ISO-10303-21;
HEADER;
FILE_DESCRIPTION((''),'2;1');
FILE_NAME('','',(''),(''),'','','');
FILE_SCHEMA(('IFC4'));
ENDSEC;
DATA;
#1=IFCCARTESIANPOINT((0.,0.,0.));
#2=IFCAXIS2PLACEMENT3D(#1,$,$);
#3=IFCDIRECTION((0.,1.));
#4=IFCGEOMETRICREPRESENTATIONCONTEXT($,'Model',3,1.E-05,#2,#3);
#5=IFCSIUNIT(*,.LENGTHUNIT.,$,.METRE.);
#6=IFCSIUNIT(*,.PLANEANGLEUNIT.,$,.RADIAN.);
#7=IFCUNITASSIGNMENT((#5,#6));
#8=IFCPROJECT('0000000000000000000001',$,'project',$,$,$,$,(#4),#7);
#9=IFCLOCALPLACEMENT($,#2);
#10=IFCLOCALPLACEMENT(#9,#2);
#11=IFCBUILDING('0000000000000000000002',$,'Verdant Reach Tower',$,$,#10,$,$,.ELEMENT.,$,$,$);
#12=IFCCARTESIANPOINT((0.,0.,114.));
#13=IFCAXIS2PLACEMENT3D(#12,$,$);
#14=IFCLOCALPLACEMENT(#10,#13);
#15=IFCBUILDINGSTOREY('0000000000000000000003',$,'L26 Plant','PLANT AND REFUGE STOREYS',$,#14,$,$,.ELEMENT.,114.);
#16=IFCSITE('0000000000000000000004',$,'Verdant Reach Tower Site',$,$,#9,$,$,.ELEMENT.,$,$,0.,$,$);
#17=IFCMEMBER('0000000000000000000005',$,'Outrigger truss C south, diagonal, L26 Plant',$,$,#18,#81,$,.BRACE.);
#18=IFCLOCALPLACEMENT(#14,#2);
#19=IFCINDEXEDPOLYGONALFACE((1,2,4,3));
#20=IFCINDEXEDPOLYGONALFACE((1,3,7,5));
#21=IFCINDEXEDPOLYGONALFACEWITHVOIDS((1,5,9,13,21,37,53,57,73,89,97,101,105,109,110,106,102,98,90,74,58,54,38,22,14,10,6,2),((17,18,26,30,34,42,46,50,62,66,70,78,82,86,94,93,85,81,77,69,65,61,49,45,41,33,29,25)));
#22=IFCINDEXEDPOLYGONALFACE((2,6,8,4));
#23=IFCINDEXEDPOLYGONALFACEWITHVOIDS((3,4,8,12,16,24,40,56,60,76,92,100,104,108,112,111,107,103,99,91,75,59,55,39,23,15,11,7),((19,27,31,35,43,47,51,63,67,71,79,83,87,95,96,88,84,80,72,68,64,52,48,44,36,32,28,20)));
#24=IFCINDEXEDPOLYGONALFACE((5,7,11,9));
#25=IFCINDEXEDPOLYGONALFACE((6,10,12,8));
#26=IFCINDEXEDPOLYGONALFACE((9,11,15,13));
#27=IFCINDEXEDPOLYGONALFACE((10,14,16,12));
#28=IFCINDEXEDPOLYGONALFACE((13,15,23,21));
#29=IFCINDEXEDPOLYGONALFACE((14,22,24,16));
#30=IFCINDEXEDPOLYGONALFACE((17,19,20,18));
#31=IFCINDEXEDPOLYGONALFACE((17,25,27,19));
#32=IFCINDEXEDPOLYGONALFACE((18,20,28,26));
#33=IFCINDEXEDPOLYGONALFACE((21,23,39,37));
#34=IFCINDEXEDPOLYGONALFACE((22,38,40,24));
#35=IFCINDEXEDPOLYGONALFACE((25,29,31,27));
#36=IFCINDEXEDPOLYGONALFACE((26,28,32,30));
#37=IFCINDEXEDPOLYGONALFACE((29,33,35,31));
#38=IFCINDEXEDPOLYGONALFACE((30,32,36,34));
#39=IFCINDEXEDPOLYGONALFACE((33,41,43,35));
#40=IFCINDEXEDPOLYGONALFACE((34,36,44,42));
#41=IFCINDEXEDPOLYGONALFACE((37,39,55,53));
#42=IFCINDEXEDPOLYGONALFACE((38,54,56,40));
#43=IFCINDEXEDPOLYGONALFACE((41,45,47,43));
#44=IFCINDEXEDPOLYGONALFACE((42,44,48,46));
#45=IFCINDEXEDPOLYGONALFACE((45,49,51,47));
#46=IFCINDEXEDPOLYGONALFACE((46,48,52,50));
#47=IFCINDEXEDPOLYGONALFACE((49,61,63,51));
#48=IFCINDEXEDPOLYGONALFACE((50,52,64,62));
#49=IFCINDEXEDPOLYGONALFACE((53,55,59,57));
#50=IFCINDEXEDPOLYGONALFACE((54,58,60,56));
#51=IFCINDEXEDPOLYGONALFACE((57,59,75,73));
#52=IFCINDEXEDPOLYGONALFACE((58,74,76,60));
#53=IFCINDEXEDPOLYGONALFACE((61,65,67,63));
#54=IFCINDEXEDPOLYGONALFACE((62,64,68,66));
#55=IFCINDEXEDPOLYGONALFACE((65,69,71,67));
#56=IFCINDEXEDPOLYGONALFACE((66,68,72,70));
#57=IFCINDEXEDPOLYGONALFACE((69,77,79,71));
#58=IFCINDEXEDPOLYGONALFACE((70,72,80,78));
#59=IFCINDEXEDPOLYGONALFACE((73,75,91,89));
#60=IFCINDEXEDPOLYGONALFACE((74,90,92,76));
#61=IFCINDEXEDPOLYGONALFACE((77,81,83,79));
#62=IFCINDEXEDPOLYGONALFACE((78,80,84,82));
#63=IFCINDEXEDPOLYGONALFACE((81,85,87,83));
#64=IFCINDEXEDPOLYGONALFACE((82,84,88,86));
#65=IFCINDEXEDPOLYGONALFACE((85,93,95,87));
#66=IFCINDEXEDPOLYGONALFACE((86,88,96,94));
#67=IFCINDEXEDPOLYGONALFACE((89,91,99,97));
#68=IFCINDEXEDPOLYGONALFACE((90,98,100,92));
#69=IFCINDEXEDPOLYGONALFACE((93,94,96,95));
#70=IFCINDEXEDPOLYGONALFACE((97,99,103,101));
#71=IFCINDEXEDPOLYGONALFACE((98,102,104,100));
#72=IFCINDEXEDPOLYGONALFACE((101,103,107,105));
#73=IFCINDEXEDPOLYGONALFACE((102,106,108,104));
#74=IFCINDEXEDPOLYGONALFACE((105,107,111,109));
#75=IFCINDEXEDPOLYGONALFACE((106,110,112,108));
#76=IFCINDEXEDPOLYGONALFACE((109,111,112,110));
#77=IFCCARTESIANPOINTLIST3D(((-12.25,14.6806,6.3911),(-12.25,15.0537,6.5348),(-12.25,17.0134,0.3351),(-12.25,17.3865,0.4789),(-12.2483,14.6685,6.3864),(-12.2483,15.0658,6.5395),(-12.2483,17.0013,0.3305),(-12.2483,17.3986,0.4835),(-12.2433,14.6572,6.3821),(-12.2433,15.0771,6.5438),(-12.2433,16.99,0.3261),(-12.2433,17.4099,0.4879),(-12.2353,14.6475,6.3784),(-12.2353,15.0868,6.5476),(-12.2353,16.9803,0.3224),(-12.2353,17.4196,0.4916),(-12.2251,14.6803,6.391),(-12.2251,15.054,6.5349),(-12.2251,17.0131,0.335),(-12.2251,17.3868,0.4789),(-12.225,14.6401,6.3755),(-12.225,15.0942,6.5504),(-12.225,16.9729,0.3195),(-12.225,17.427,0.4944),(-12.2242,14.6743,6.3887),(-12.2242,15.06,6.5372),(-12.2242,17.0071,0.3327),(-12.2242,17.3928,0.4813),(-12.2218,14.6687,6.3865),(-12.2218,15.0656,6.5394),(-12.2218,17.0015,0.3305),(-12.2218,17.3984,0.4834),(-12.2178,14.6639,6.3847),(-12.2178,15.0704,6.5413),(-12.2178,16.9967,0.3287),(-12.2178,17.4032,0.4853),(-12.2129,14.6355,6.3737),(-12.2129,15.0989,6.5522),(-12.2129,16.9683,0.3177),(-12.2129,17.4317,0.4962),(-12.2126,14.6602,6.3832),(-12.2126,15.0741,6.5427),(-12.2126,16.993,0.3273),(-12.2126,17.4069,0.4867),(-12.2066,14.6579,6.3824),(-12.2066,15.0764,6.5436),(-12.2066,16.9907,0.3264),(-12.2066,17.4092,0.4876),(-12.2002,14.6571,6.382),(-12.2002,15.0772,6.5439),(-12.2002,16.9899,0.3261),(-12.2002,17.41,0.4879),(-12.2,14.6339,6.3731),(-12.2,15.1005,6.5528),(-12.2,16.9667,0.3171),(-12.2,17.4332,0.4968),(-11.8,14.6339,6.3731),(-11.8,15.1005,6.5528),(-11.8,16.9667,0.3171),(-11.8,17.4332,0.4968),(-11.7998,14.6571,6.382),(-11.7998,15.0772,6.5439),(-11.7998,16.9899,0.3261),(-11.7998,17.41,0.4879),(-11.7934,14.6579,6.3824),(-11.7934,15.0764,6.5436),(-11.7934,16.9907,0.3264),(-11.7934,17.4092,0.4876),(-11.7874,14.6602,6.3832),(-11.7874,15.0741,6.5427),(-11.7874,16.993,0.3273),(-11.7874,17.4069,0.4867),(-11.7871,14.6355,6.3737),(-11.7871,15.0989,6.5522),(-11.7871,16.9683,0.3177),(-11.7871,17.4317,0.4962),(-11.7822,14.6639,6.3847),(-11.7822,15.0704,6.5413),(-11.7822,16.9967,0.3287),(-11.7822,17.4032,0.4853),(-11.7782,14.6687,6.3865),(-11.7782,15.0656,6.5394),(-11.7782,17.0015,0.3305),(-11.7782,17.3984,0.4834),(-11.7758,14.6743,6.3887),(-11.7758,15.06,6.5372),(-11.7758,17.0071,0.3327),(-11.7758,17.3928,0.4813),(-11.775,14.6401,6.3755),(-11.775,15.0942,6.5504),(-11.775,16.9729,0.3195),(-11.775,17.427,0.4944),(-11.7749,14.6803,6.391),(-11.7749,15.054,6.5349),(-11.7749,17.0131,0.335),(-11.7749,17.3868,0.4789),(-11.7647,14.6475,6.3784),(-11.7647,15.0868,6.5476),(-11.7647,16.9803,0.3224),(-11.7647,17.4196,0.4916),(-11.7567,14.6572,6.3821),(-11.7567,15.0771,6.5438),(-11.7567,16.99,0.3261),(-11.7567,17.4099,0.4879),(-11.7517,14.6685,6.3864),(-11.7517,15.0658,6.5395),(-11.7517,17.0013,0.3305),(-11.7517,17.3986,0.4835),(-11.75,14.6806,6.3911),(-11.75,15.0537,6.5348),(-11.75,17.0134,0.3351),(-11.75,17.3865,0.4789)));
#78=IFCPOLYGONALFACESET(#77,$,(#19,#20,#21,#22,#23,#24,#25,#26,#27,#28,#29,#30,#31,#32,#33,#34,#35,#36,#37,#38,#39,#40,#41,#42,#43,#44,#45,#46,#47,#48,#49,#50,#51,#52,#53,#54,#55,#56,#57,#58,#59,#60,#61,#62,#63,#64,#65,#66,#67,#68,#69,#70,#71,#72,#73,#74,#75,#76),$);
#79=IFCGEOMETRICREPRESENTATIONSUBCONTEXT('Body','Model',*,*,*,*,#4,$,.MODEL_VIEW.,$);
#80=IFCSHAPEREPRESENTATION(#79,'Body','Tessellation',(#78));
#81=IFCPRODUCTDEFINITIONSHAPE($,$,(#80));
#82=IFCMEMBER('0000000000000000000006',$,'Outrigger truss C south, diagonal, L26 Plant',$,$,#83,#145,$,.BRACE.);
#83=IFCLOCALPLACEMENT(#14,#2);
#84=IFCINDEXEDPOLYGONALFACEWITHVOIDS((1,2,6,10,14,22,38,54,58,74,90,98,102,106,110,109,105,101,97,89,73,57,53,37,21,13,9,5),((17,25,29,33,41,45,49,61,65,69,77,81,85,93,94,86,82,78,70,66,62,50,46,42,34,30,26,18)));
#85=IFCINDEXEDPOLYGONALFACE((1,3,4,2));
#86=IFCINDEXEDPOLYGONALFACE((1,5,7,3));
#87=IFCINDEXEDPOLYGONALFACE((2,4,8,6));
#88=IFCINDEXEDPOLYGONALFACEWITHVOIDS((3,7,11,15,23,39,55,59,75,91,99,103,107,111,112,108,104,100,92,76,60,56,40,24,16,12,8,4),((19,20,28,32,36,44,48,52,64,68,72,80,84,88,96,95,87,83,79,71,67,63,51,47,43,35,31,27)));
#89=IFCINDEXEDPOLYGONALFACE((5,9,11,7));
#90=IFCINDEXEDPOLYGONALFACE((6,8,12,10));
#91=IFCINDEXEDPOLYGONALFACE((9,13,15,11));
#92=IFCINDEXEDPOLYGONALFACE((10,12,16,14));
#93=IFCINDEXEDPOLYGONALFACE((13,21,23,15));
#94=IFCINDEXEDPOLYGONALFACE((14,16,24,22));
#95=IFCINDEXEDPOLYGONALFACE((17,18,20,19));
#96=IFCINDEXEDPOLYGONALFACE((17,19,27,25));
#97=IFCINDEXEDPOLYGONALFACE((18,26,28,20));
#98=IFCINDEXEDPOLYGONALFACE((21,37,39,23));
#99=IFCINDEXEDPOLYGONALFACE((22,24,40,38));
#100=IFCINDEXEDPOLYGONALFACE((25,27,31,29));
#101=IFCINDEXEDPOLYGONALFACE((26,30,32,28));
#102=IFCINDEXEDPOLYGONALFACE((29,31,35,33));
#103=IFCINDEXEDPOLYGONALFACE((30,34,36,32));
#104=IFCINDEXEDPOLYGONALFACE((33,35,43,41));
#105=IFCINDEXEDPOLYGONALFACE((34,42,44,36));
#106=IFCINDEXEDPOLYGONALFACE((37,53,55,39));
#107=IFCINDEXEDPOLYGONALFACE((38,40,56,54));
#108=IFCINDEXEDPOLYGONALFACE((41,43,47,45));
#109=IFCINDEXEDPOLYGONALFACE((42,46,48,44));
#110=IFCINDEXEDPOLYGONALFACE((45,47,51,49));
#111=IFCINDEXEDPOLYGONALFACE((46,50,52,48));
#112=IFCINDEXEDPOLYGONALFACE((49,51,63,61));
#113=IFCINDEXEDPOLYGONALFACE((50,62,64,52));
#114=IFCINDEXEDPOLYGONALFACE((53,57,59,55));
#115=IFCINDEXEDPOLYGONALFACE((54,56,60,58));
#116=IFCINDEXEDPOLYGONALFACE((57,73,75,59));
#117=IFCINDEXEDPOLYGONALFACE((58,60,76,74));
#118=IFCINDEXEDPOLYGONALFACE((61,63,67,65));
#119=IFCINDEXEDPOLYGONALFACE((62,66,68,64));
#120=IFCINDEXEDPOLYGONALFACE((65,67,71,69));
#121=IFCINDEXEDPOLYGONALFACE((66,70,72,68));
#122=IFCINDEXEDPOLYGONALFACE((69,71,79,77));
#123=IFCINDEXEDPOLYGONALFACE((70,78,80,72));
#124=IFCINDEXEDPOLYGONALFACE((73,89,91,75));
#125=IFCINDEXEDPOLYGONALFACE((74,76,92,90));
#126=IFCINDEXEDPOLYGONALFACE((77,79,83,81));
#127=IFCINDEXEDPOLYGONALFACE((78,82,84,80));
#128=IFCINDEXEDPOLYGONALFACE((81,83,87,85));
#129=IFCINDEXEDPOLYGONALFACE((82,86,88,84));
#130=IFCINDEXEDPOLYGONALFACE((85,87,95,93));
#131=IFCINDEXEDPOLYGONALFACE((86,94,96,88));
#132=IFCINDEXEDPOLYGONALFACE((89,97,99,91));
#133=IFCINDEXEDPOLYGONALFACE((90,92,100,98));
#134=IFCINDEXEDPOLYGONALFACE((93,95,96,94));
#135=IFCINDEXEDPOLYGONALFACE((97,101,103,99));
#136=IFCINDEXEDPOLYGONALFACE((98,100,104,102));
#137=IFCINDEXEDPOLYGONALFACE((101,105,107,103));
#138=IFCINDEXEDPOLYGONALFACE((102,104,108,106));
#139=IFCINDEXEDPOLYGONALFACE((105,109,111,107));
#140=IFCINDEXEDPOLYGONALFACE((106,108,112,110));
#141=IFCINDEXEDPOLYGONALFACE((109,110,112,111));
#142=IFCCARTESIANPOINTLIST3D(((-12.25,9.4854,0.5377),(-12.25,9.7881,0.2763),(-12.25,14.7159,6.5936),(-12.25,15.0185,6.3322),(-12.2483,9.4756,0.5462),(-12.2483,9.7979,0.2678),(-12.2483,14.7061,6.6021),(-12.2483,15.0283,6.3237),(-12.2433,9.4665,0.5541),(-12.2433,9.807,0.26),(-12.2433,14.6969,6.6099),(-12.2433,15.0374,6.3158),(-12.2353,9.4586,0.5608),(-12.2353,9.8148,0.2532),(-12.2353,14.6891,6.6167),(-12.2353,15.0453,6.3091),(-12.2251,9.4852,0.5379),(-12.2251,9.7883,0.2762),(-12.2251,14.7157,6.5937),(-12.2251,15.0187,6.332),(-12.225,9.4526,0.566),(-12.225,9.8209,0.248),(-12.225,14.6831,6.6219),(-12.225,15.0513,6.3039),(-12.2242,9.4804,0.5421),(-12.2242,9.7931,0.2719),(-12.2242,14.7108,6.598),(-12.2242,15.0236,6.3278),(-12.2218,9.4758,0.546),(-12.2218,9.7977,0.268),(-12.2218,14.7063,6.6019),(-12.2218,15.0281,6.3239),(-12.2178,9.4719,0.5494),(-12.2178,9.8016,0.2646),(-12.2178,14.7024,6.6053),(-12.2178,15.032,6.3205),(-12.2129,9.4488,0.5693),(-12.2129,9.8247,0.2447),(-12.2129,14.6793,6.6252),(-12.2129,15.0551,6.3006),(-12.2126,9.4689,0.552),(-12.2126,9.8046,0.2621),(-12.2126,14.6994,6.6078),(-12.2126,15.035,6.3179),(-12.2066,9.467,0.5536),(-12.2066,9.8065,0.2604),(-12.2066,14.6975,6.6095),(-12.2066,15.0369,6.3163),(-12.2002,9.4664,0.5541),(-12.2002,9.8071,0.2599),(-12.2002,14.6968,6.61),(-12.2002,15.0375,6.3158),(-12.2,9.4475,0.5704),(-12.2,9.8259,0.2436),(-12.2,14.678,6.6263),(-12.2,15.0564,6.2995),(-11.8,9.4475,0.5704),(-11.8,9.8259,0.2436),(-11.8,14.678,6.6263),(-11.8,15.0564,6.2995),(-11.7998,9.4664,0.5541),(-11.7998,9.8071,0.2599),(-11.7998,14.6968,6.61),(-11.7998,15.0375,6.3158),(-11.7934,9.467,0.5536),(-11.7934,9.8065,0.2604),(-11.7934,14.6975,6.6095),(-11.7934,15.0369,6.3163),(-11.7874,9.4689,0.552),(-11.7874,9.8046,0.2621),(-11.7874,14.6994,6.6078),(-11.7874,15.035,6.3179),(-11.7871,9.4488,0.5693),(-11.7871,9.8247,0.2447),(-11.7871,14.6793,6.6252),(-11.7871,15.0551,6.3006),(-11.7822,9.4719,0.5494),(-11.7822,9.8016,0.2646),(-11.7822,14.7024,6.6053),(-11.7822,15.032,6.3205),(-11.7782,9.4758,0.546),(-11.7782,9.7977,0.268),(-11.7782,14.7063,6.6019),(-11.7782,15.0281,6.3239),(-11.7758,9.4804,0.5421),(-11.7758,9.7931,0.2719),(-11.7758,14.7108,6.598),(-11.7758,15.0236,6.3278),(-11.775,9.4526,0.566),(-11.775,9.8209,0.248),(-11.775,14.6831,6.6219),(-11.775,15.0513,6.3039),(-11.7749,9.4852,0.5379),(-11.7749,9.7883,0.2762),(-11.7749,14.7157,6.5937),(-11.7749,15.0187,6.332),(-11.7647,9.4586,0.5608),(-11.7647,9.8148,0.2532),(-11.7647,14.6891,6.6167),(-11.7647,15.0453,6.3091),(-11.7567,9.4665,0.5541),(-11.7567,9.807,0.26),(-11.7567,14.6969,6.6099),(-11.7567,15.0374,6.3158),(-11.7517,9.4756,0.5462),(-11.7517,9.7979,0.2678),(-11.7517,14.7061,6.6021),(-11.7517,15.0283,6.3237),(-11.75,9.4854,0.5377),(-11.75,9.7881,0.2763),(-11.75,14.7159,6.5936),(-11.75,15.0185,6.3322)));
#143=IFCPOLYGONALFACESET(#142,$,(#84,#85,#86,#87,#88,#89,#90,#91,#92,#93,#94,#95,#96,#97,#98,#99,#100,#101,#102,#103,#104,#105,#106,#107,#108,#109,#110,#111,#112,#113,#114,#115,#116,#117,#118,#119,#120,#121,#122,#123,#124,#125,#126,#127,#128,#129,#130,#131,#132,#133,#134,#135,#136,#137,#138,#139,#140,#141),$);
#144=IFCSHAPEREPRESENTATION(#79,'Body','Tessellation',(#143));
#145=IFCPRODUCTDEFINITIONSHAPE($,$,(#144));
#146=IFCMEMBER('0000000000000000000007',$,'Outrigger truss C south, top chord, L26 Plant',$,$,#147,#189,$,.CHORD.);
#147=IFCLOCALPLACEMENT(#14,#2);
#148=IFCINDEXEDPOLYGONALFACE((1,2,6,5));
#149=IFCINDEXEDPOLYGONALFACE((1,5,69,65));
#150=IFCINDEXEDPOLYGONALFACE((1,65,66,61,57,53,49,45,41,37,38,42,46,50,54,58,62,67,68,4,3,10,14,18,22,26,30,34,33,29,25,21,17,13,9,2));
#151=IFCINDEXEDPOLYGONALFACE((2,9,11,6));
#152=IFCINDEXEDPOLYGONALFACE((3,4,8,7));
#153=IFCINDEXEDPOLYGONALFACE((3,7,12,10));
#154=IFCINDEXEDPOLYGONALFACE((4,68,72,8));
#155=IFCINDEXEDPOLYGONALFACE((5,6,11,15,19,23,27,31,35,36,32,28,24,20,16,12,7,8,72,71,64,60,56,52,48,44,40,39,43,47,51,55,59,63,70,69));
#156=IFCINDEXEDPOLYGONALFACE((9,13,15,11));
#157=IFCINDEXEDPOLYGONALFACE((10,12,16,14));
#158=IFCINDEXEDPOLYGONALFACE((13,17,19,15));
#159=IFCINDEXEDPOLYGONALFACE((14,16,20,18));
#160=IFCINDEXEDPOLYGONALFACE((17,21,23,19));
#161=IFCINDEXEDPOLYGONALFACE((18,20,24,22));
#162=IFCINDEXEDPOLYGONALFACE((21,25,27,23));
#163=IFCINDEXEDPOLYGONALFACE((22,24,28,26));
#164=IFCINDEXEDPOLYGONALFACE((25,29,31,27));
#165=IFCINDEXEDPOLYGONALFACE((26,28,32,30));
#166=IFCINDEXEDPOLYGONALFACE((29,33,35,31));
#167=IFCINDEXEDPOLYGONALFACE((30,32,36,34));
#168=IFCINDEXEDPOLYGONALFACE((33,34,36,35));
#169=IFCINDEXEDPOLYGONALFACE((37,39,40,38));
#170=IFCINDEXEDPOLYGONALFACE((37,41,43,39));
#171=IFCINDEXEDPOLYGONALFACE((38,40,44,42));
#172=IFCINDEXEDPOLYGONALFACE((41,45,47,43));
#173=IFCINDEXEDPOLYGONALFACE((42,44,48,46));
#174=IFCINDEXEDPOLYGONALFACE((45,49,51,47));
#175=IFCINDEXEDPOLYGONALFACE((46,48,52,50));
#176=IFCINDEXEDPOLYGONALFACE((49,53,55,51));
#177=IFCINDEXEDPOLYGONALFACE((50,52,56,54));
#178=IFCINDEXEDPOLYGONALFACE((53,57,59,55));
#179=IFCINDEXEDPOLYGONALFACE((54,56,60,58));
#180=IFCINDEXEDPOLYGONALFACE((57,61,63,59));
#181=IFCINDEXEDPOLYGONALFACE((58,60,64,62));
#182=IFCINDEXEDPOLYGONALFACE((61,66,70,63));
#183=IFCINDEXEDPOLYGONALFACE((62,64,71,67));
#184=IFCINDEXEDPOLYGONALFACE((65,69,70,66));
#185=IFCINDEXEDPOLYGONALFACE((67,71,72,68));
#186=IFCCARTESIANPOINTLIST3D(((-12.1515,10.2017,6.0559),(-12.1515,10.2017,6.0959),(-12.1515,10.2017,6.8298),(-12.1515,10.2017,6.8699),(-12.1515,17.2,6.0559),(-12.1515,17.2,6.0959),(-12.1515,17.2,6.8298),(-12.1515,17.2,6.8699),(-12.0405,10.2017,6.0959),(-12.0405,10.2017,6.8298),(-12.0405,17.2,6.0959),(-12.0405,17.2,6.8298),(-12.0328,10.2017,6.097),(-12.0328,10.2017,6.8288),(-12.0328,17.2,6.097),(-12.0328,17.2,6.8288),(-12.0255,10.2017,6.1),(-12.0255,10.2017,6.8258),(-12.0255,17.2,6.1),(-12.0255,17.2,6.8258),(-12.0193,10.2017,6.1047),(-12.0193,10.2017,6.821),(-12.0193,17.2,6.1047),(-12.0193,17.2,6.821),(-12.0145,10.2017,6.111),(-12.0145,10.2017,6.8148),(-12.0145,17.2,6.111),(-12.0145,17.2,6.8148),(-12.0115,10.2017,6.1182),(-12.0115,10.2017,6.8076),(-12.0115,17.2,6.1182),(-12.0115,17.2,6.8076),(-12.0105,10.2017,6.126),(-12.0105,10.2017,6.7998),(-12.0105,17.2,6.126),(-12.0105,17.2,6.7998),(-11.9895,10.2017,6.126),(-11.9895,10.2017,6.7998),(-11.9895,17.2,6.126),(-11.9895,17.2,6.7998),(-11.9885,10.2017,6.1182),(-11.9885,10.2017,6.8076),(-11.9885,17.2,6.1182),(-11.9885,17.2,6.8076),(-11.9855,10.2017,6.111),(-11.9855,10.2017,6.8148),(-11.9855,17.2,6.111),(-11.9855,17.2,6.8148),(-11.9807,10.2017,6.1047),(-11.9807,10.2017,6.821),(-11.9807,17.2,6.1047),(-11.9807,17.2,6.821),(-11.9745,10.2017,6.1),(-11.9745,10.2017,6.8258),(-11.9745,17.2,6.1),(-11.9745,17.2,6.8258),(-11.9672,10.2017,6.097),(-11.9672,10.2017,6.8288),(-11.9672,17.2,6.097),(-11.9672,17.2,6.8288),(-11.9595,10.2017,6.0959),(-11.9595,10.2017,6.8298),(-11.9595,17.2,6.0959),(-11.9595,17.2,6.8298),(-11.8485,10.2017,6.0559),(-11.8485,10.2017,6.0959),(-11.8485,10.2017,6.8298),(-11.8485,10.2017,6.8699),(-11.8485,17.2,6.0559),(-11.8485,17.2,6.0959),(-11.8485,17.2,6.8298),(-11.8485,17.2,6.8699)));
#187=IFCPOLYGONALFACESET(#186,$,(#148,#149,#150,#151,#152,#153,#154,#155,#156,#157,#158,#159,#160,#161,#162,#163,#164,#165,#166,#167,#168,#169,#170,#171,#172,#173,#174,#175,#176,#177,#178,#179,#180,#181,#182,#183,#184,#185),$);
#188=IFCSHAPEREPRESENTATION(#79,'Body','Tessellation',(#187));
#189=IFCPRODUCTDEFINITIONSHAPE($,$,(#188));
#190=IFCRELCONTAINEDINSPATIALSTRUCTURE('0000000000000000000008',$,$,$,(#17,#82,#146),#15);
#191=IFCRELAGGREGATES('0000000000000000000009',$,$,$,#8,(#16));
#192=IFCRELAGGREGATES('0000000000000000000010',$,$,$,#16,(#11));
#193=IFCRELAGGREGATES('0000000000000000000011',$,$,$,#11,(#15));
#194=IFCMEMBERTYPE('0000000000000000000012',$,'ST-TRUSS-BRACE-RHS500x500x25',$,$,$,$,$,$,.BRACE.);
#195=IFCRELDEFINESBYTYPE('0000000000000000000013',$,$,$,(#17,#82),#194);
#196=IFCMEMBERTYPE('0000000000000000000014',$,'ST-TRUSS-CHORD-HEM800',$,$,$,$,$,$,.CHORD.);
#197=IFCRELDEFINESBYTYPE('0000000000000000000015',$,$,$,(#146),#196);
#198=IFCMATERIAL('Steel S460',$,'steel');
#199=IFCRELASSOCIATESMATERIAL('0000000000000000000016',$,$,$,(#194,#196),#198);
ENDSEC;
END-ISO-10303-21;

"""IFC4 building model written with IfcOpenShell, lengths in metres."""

from ifc_helpers import new_model, si_unit, direction, frame, origin, origin_2d, place, context, subcontext, project, spatial, hollow_rectangle, i_section, extrude, material, material_profile, profile_set, type_object, element, save


model = new_model("IFC4")

# Units and contexts
model_context = context("Model", 3, precision=1e-05, world=origin(), true_north=direction((0.0, 1.0)))
body_context = subcontext(model_context, "Body", "Model", "MODEL_VIEW")
ifc_project = project(units=[si_unit("LENGTHUNIT", "METRE"), si_unit("PLANEANGLEUNIT", "RADIAN")], contexts=[model_context])

# Site, building, storey
site_placement = place(None, origin())
site = spatial("IfcSite", under=ifc_project, at=site_placement, Name="Verdant Reach Tower Site", CompositionType="ELEMENT", RefElevation=0.0)
building_placement = place(site_placement, origin())
building = spatial("IfcBuilding", under=site, at=building_placement, Name="Verdant Reach Tower", CompositionType="ELEMENT")
storey_placement = place(building_placement, frame((0.0, 0.0, 114.0)))
storey = spatial("IfcBuildingStorey", under=building, at=storey_placement, Name="L26 Plant", Description="PLANT AND REFUGE STOREYS", CompositionType="ELEMENT", Elevation=114.0)

# Members
ifc_material_1 = material(Name="Steel S460", Category="steel")
ifc_material_profile_1 = material_profile(ifc_material_1, hollow_rectangle(XDim=0.5, YDim=0.5, WallThickness=0.0249, InnerFilletRadius=0.0249, OuterFilletRadius=0.05, at=origin_2d()), Name="RHS 500x500x25")
ifc_profile_set_1 = profile_set([ifc_material_profile_1], Name="Steel S460")
member_type_1 = type_object("IfcMemberType", Name="ST-TRUSS-BRACE-RHS500x500x25", PredefinedType="BRACE", material=ifc_profile_set_1)
member_1_placement = place(storey_placement, frame((-12.0, 17.2, 0.407), z_axis=(0.0, -0.359458, 0.933161), x_axis=(1.0, 0.0, 0.0)))
element("IfcMember", 1, at=member_1_placement, inside=storey, type_object=member_type_1, Name="Outrigger truss C south, diagonal, L26 Plant", PredefinedType="BRACE", context=body_context, shape_type="SweptSolid", body=[
    extrude(hollow_rectangle(XDim=0.5, YDim=0.5, WallThickness=0.0249, InnerFilletRadius=0.0249, OuterFilletRadius=0.05, at=origin_2d()), origin(), (0.0, 0.0, 1.0), 6.4897),
])
member_2_placement = place(storey_placement, frame((-12.0, 14.8672, 6.4629), z_axis=(0.0, -0.653646, -0.7568), x_axis=(1.0, 0.0, 0.0)))
element("IfcMember", 2, at=member_2_placement, inside=storey, type_object=member_type_1, Name="Outrigger truss C south, diagonal, L26 Plant", PredefinedType="BRACE", context=body_context, shape_type="SweptSolid", body=[
    extrude(hollow_rectangle(XDim=0.5, YDim=0.5, WallThickness=0.0249, InnerFilletRadius=0.0249, OuterFilletRadius=0.05, at=origin_2d()), origin(), (0.0, 0.0, 1.0), 8.002),
])
ifc_material_profile_2 = material_profile(ifc_material_1, i_section(OverallWidth=0.303, OverallDepth=0.814, WebThickness=0.021, FlangeThickness=0.04, FilletRadius=0.03, at=origin_2d()), Name="HEM 800")
ifc_profile_set_2 = profile_set([ifc_material_profile_2], Name="Steel S460")
member_type_2 = type_object("IfcMemberType", Name="ST-TRUSS-CHORD-HEM800", PredefinedType="CHORD", material=ifc_profile_set_2)
member_3_placement = place(storey_placement, frame((-12.0, 17.2, 6.4629), z_axis=(0.0, -1.0, 0.0), x_axis=(1.0, 0.0, 0.0)))
element("IfcMember", 3, at=member_3_placement, inside=storey, type_object=member_type_2, Name="Outrigger truss C south, top chord, L26 Plant", PredefinedType="CHORD", context=body_context, shape_type="SweptSolid", body=[
    extrude(i_section(OverallWidth=0.303, OverallDepth=0.814, WebThickness=0.021, FlangeThickness=0.04, FilletRadius=0.03, at=origin_2d()), origin(), (0.0, 0.0, 1.0), 6.9983),
])

save(model, "model.ifc")
